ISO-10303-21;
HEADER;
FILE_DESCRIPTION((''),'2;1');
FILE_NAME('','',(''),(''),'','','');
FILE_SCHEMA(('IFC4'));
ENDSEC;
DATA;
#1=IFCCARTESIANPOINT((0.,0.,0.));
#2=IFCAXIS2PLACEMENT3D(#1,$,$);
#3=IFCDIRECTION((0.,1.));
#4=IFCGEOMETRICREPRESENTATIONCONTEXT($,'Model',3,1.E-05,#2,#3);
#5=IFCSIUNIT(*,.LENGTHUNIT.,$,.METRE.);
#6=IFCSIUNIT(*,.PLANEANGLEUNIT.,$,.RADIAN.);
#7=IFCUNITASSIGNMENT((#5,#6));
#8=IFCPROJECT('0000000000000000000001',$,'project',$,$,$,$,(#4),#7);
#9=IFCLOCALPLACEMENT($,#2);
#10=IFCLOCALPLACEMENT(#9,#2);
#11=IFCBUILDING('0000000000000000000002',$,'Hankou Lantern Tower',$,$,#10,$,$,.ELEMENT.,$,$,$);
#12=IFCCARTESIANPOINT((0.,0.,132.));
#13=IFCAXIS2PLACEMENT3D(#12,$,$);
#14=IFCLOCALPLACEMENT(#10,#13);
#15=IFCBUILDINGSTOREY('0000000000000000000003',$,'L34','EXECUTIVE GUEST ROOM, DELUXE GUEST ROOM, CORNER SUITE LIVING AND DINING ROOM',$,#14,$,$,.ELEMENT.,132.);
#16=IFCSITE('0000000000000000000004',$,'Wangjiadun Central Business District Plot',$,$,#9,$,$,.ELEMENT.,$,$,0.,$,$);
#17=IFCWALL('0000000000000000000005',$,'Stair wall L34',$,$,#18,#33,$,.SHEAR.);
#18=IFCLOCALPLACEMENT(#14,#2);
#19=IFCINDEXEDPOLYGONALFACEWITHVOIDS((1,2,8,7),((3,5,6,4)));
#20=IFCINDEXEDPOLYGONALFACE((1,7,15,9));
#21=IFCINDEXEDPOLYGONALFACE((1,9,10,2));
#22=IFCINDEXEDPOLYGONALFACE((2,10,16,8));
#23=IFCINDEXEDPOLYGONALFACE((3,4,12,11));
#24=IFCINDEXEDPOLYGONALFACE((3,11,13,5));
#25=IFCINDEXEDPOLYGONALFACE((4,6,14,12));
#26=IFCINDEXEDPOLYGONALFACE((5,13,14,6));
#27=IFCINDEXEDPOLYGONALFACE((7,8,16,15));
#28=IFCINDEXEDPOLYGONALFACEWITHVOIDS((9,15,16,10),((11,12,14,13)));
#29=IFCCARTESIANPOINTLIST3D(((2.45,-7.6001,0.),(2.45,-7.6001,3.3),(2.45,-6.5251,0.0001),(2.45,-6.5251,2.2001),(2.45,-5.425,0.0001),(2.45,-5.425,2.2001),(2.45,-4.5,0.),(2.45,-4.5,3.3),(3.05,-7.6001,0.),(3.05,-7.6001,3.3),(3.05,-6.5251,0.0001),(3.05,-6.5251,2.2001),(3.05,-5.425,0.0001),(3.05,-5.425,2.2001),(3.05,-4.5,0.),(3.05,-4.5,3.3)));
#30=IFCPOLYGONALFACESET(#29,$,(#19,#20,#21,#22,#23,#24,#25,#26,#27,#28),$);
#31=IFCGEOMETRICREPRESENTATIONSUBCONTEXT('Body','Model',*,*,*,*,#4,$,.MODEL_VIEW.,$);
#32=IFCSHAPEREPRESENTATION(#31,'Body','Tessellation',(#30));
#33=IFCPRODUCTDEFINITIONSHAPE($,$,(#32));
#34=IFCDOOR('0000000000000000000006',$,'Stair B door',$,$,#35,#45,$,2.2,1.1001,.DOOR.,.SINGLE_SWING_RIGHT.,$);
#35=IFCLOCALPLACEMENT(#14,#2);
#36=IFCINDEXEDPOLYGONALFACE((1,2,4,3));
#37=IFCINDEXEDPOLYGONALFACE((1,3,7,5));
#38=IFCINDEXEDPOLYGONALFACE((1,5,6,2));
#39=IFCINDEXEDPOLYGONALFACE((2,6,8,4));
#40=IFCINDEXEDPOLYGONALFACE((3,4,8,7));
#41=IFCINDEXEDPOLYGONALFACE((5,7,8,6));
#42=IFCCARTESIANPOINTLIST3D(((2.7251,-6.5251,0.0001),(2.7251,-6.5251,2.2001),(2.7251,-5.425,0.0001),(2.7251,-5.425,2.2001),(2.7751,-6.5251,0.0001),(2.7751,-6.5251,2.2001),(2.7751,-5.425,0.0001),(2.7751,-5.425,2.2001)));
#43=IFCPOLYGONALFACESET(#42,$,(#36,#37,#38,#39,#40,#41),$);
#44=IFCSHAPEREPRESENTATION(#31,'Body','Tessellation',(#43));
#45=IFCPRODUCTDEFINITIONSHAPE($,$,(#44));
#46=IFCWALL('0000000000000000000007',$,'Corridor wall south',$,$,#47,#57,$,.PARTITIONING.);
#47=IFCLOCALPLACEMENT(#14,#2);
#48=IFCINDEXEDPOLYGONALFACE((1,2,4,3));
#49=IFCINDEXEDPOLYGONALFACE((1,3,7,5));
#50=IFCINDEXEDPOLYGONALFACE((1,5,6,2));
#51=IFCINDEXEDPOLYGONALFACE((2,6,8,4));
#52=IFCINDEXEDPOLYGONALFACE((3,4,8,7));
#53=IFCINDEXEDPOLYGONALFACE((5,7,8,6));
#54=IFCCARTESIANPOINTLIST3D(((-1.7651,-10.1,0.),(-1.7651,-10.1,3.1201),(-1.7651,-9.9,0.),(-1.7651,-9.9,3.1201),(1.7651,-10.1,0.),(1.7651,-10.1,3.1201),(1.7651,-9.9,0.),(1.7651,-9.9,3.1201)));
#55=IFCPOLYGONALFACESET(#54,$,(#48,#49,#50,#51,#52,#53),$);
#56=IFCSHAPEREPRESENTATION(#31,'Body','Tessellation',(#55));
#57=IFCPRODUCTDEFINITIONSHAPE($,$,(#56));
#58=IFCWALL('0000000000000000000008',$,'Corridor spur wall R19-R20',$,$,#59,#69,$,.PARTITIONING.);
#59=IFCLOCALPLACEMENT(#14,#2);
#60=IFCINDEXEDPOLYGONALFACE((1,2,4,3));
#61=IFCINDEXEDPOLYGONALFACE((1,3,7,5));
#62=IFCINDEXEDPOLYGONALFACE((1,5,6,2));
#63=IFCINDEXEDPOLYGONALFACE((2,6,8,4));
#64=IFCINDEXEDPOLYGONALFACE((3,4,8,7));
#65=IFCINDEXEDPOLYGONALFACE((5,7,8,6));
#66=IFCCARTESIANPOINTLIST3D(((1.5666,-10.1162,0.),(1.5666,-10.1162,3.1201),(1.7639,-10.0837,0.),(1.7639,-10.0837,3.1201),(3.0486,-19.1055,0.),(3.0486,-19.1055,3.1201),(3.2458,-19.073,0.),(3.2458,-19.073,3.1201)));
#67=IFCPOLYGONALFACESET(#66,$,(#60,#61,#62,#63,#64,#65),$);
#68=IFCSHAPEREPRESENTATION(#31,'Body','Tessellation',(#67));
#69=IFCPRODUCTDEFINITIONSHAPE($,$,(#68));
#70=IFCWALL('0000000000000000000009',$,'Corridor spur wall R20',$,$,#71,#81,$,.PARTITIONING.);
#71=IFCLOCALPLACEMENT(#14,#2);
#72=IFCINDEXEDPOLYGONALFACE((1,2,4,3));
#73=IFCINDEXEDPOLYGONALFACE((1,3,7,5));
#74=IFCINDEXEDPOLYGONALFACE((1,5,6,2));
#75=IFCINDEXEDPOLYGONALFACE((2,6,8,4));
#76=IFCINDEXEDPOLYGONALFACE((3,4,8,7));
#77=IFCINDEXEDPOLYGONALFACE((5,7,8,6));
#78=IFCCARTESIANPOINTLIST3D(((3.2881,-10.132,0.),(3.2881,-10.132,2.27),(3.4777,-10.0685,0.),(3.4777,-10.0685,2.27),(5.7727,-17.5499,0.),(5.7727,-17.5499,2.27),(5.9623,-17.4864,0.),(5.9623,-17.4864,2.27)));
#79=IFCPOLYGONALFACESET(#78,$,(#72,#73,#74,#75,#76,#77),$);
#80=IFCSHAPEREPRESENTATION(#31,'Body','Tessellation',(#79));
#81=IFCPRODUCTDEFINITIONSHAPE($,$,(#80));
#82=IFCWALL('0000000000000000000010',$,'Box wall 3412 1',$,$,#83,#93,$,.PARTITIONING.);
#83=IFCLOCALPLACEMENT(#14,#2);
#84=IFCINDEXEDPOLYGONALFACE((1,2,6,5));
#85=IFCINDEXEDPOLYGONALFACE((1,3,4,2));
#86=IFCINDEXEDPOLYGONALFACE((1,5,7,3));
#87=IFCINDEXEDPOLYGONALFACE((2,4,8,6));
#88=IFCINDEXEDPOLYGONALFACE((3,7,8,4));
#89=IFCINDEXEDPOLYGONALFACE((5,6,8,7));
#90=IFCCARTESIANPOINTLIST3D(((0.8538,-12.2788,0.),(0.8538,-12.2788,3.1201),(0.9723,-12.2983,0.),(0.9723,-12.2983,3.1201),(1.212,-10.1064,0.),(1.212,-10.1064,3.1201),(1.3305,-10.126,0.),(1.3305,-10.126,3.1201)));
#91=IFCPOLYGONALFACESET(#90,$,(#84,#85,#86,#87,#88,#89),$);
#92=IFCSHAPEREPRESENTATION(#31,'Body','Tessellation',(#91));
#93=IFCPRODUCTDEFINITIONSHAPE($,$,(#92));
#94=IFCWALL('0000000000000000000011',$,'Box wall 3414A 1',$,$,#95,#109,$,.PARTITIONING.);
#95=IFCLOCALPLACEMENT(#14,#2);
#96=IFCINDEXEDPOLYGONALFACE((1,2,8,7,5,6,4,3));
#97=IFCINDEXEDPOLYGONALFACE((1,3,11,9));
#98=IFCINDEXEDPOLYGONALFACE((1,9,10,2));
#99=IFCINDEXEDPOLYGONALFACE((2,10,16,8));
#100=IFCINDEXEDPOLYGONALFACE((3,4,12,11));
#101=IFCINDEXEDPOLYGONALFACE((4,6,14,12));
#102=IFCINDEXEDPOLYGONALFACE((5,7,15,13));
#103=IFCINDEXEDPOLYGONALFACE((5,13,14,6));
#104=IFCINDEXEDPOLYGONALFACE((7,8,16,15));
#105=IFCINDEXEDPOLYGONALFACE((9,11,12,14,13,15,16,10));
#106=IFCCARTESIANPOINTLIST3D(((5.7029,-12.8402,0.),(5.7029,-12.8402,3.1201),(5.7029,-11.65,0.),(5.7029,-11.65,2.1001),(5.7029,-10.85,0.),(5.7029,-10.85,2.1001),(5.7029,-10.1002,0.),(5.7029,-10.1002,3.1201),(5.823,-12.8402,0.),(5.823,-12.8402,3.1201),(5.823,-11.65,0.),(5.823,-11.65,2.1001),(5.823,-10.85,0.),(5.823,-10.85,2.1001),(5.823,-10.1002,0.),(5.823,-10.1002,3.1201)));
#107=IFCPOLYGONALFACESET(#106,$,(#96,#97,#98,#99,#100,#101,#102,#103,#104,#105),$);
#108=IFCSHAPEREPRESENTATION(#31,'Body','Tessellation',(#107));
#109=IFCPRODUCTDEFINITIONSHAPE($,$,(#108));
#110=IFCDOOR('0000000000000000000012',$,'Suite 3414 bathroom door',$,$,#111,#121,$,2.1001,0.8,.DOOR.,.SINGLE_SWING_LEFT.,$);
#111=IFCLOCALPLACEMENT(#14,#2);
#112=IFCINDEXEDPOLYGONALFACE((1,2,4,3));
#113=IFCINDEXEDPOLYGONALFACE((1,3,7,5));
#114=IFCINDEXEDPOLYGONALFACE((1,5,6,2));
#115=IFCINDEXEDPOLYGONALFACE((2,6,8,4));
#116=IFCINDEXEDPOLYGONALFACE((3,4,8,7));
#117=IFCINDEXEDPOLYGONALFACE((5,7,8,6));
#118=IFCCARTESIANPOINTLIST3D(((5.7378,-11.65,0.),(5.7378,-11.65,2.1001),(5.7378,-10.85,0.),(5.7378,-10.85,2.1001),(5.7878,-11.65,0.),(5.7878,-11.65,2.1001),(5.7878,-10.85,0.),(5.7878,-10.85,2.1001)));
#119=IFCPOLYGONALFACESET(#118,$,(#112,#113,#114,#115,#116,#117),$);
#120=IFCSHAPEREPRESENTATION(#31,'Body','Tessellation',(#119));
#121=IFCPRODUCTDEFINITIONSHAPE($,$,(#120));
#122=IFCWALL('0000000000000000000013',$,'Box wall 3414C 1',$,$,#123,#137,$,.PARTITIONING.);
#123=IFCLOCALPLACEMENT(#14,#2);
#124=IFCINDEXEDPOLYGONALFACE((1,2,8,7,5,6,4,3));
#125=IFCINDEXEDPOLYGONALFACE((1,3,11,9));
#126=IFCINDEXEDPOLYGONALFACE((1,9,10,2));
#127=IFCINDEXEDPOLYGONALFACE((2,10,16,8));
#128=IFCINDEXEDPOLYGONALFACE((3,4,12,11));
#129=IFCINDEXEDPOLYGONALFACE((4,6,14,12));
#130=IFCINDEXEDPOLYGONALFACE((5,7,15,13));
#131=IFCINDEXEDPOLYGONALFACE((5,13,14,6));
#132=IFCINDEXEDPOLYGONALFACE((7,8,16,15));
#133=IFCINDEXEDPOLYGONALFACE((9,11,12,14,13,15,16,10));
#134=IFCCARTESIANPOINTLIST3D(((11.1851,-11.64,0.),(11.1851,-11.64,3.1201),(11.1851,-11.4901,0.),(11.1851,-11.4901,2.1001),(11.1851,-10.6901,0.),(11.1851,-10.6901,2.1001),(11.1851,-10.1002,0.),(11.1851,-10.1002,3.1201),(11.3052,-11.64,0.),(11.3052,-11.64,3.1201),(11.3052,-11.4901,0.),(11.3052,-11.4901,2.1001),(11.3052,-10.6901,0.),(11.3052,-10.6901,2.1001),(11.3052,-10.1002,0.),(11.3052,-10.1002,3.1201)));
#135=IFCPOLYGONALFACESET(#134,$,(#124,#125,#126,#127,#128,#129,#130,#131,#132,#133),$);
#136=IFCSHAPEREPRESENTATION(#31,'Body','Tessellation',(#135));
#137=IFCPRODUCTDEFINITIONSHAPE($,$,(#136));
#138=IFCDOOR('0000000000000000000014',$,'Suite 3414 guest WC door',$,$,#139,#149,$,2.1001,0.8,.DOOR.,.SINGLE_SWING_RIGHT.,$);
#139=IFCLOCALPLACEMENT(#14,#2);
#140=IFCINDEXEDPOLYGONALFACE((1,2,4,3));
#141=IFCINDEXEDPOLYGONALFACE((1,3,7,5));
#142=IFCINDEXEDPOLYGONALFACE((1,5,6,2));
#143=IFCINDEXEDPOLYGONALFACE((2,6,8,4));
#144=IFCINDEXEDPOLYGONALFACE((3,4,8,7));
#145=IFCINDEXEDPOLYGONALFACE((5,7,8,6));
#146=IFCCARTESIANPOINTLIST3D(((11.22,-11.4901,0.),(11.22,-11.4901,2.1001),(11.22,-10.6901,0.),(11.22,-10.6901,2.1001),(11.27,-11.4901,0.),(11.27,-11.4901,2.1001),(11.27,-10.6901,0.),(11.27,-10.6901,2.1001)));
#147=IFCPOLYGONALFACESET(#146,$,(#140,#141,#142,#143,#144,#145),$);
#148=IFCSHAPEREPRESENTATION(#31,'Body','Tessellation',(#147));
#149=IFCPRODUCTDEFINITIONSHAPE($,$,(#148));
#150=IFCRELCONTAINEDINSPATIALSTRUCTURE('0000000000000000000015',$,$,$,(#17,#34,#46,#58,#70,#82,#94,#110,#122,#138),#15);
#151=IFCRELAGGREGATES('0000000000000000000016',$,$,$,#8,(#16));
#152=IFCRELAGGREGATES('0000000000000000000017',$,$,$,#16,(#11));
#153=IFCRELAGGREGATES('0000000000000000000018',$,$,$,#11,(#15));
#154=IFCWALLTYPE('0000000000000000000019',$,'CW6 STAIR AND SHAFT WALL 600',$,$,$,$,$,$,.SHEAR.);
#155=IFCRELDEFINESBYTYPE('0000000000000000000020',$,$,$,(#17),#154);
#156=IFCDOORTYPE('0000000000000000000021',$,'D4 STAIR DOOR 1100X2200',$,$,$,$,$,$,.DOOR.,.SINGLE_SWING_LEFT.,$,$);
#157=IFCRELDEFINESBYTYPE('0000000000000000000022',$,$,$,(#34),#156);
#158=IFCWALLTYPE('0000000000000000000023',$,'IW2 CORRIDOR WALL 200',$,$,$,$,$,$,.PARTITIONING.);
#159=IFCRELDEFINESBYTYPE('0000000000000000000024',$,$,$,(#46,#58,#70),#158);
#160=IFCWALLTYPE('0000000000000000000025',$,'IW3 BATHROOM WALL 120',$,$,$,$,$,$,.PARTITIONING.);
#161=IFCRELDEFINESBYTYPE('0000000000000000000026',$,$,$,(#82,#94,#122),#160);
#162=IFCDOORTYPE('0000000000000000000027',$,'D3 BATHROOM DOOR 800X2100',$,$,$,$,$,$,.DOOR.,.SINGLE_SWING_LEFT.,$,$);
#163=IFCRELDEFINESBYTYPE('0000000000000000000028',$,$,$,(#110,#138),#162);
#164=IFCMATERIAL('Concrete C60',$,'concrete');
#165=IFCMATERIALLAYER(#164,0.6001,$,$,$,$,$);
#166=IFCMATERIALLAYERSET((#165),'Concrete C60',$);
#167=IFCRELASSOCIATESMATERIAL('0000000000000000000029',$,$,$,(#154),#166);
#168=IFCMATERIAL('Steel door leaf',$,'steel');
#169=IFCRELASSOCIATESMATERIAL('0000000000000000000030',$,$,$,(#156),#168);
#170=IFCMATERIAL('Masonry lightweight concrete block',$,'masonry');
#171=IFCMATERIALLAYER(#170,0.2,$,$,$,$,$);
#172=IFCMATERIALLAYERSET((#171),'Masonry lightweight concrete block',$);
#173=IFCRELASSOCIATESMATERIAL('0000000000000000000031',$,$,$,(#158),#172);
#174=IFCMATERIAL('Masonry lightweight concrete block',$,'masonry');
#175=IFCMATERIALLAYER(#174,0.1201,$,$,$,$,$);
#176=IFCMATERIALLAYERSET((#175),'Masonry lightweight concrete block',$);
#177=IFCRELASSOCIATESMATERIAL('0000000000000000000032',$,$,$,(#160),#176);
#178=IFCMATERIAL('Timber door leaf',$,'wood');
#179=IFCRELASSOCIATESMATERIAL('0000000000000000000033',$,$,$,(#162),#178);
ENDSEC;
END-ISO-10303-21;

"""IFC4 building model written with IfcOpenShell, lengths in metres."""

from ifc_helpers import new_model, si_unit, direction, frame, frame_2d, origin, place, context, subcontext, project, spatial, rectangle, extrude, material, layer, layer_set, type_object, element, fill, save


model = new_model("IFC4")

# Units and contexts
model_context = context("Model", 3, precision=1e-05, world=origin(), true_north=direction((0.0, 1.0)))
body_context = subcontext(model_context, "Body", "Model", "MODEL_VIEW")
ifc_project = project(units=[si_unit("LENGTHUNIT", "METRE"), si_unit("PLANEANGLEUNIT", "RADIAN")], contexts=[model_context])

# Site, building, storey
site_placement = place(None, origin())
site = spatial("IfcSite", under=ifc_project, at=site_placement, Name="Wangjiadun Central Business District Plot", CompositionType="ELEMENT", RefElevation=0.0)
building_placement = place(site_placement, origin())
building = spatial("IfcBuilding", under=site, at=building_placement, Name="Hankou Lantern Tower", CompositionType="ELEMENT")
storey_placement = place(building_placement, frame((0.0, 0.0, 132.0)))
storey = spatial("IfcBuildingStorey", under=building, at=storey_placement, Name="L34", Description="EXECUTIVE GUEST ROOM, DELUXE GUEST ROOM, CORNER SUITE LIVING AND DINING ROOM", CompositionType="ELEMENT", Elevation=132.0)

# Wall, opening, door
ifc_material_1 = material(Name="Concrete C60", Category="concrete")
ifc_layer_1 = layer(ifc_material_1, 0.6001)
ifc_layer_set_1 = layer_set([ifc_layer_1], Name="Concrete C60")
wall_type_1 = type_object("IfcWallType", Name="CW6 STAIR AND SHAFT WALL 600", PredefinedType="SHEAR", material=ifc_layer_set_1)
wall_1_placement = place(storey_placement, frame((2.75, -7.6001, 0.0), z_axis=(0.0, 0.0, 1.0), x_axis=(0.0, 1.0, 0.0)))
wall_1 = element("IfcWall", 1, at=wall_1_placement, inside=storey, type_object=wall_type_1, Name="Stair wall L34", PredefinedType="SHEAR", context=body_context, shape_type="SweptSolid", body=[
    extrude(rectangle(XDim=3.1001, YDim=0.6001, at=frame_2d((1.55, 0.0))), origin(), (0.0, 0.0, 1.0), 3.3),
])
opening_1_placement = place(wall_1_placement, frame((1.075, 0.0, 0.0)))
opening_1 = element("IfcOpeningElement", 2, at=opening_1_placement, cuts=wall_1, PredefinedType="OPENING", context=body_context, shape_type="SweptSolid", body=[
    extrude(rectangle(XDim=1.1001, YDim=2.2, at=frame_2d((0.55, 1.1001))), frame((0.0, 0.3101, 0.0), z_axis=(0.0, -1.0, 0.0), x_axis=(1.0, 0.0, 0.0)), (0.0, 0.0, 1.0), 0.6201),
])
ifc_material_2 = material(Name="Steel door leaf", Category="steel")
door_type_1 = type_object("IfcDoorType", Name="D4 STAIR DOOR 1100X2200", OperationType="SINGLE_SWING_LEFT", PredefinedType="DOOR", material=ifc_material_2)
door_1_placement = place(opening_1_placement, origin())
door_1 = element("IfcDoor", 3, at=door_1_placement, inside=storey, type_object=door_type_1, Name="Stair B door", OperationType="SINGLE_SWING_RIGHT", OverallHeight=2.2, OverallWidth=1.1001, PredefinedType="DOOR", context=body_context, shape_type="SweptSolid", body=[
    extrude(rectangle(XDim=1.1001, YDim=2.2, at=frame_2d((0.55, 1.1001))), frame((0.0, 0.0249, 0.0), z_axis=(0.0, -1.0, 0.0), x_axis=(1.0, 0.0, 0.0)), (0.0, 0.0, 1.0), 0.05),
])
fill(opening_1, door_1)

# Walls
ifc_material_3 = material(Name="Masonry lightweight concrete block", Category="masonry")
ifc_layer_2 = layer(ifc_material_3, 0.2)
ifc_layer_set_2 = layer_set([ifc_layer_2], Name="Masonry lightweight concrete block")
wall_type_2 = type_object("IfcWallType", Name="IW2 CORRIDOR WALL 200", PredefinedType="PARTITIONING", material=ifc_layer_set_2)
wall_2_placement = place(storey_placement, frame((1.7651, -10.0, 0.0), z_axis=(0.0, 0.0, 1.0), x_axis=(-1.0, 0.0, 0.0)))
element("IfcWall", 4, at=wall_2_placement, inside=storey, type_object=wall_type_2, Name="Corridor wall south", PredefinedType="PARTITIONING", context=body_context, shape_type="SweptSolid", body=[
    extrude(rectangle(XDim=3.5303, YDim=0.2, at=frame_2d((1.7651, 0.0))), origin(), (0.0, 0.0, 1.0), 3.1201),
])
wall_3_placement = place(storey_placement, frame((1.6653, -10.1001, 0.0), z_axis=(0.0, 0.0, 1.0), x_axis=(0.162661, -0.986682, 0.0)))
element("IfcWall", 5, at=wall_3_placement, inside=storey, type_object=wall_type_2, Name="Corridor spur wall R19-R20", PredefinedType="PARTITIONING", context=body_context, shape_type="SweptSolid", body=[
    extrude(rectangle(XDim=9.1106, YDim=0.2, at=frame_2d((4.5552, 0.0))), origin(), (0.0, 0.0, 1.0), 3.1201),
])
wall_4_placement = place(storey_placement, frame((3.3828, -10.1001, 0.0), z_axis=(0.0, 0.0, 1.0), x_axis=(0.317604, -0.948224, 0.0)))
element("IfcWall", 6, at=wall_4_placement, inside=storey, type_object=wall_type_2, Name="Corridor spur wall R20", PredefinedType="PARTITIONING", context=body_context, shape_type="SweptSolid", body=[
    extrude(rectangle(XDim=7.823, YDim=0.2, at=frame_2d((3.9116, 0.0))), origin(), (0.0, 0.0, 1.0), 2.27),
])
ifc_material_4 = material(Name="Masonry lightweight concrete block", Category="masonry")
ifc_layer_3 = layer(ifc_material_4, 0.1201)
ifc_layer_set_3 = layer_set([ifc_layer_3], Name="Masonry lightweight concrete block")
wall_type_3 = type_object("IfcWallType", Name="IW3 BATHROOM WALL 120", PredefinedType="PARTITIONING", material=ifc_layer_set_3)
wall_5_placement = place(storey_placement, frame((1.2712, -10.1162, 0.0), z_axis=(0.0, 0.0, 1.0), x_axis=(-0.162672, -0.98668, 0.0)))
element("IfcWall", 7, at=wall_5_placement, inside=storey, type_object=wall_type_3, Name="Box wall 3412 1", PredefinedType="PARTITIONING", context=body_context, shape_type="SweptSolid", body=[
    extrude(rectangle(XDim=2.2017, YDim=0.1201, at=frame_2d((1.1008, 0.0))), origin(), (0.0, 0.0, 1.0), 3.1201),
])

# Walls, openings, doors
wall_6_placement = place(storey_placement, frame((5.7629, -10.1001, 0.0), z_axis=(0.0, 0.0, 1.0), x_axis=(0.0, -1.0, 0.0)))
wall_6 = element("IfcWall", 8, at=wall_6_placement, inside=storey, type_object=wall_type_3, Name="Box wall 3414A 1", PredefinedType="PARTITIONING", context=body_context, shape_type="SweptSolid", body=[
    extrude(rectangle(XDim=2.74, YDim=0.1201, at=frame_2d((1.3701, 0.0))), origin(), (0.0, 0.0, 1.0), 3.1201),
])
opening_2_placement = place(wall_6_placement, frame((0.75, 0.0, 0.0)))
opening_2 = element("IfcOpeningElement", 9, at=opening_2_placement, cuts=wall_6, PredefinedType="OPENING", context=body_context, shape_type="SweptSolid", body=[
    extrude(rectangle(XDim=0.8, YDim=2.1001, at=frame_2d((0.3999, 1.05))), frame((0.0, 0.0701, 0.0), z_axis=(0.0, -1.0, 0.0), x_axis=(1.0, 0.0, 0.0)), (0.0, 0.0, 1.0), 0.1401),
])
ifc_material_5 = material(Name="Timber door leaf", Category="wood")
door_type_2 = type_object("IfcDoorType", Name="D3 BATHROOM DOOR 800X2100", OperationType="SINGLE_SWING_LEFT", PredefinedType="DOOR", material=ifc_material_5)
door_2_placement = place(opening_2_placement, origin())
door_2 = element("IfcDoor", 10, at=door_2_placement, inside=storey, type_object=door_type_2, Name="Suite 3414 bathroom door", OperationType="SINGLE_SWING_LEFT", OverallHeight=2.1001, OverallWidth=0.8, PredefinedType="DOOR", context=body_context, shape_type="SweptSolid", body=[
    extrude(rectangle(XDim=0.8, YDim=2.1001, at=frame_2d((0.3999, 1.05))), frame((0.0, 0.0249, 0.0), z_axis=(0.0, -1.0, 0.0), x_axis=(1.0, 0.0, 0.0)), (0.0, 0.0, 1.0), 0.05),
])
fill(opening_2, door_2)
wall_7_placement = place(storey_placement, frame((11.2451, -10.1001, 0.0), z_axis=(0.0, 0.0, 1.0), x_axis=(0.0, -1.0, 0.0)))
wall_7 = element("IfcWall", 11, at=wall_7_placement, inside=storey, type_object=wall_type_3, Name="Box wall 3414C 1", PredefinedType="PARTITIONING", context=body_context, shape_type="SweptSolid", body=[
    extrude(rectangle(XDim=1.5398, YDim=0.1201, at=frame_2d((0.77, 0.0))), origin(), (0.0, 0.0, 1.0), 3.1201),
])
opening_3_placement = place(wall_7_placement, frame((0.5901, 0.0, 0.0)))
opening_3 = element("IfcOpeningElement", 12, at=opening_3_placement, cuts=wall_7, PredefinedType="OPENING", context=body_context, shape_type="SweptSolid", body=[
    extrude(rectangle(XDim=0.8, YDim=2.1001, at=frame_2d((0.3999, 1.05))), frame((0.0, 0.0701, 0.0), z_axis=(0.0, -1.0, 0.0), x_axis=(1.0, 0.0, 0.0)), (0.0, 0.0, 1.0), 0.1401),
])
door_3_placement = place(opening_3_placement, origin())
door_3 = element("IfcDoor", 13, at=door_3_placement, inside=storey, type_object=door_type_2, Name="Suite 3414 guest WC door", OperationType="SINGLE_SWING_RIGHT", OverallHeight=2.1001, OverallWidth=0.8, PredefinedType="DOOR", context=body_context, shape_type="SweptSolid", body=[
    extrude(rectangle(XDim=0.8, YDim=2.1001, at=frame_2d((0.3999, 1.05))), frame((0.0, 0.0249, 0.0), z_axis=(0.0, -1.0, 0.0), x_axis=(1.0, 0.0, 0.0)), (0.0, 0.0, 1.0), 0.05),
])
fill(opening_3, door_3)

save(model, "model.ifc")
